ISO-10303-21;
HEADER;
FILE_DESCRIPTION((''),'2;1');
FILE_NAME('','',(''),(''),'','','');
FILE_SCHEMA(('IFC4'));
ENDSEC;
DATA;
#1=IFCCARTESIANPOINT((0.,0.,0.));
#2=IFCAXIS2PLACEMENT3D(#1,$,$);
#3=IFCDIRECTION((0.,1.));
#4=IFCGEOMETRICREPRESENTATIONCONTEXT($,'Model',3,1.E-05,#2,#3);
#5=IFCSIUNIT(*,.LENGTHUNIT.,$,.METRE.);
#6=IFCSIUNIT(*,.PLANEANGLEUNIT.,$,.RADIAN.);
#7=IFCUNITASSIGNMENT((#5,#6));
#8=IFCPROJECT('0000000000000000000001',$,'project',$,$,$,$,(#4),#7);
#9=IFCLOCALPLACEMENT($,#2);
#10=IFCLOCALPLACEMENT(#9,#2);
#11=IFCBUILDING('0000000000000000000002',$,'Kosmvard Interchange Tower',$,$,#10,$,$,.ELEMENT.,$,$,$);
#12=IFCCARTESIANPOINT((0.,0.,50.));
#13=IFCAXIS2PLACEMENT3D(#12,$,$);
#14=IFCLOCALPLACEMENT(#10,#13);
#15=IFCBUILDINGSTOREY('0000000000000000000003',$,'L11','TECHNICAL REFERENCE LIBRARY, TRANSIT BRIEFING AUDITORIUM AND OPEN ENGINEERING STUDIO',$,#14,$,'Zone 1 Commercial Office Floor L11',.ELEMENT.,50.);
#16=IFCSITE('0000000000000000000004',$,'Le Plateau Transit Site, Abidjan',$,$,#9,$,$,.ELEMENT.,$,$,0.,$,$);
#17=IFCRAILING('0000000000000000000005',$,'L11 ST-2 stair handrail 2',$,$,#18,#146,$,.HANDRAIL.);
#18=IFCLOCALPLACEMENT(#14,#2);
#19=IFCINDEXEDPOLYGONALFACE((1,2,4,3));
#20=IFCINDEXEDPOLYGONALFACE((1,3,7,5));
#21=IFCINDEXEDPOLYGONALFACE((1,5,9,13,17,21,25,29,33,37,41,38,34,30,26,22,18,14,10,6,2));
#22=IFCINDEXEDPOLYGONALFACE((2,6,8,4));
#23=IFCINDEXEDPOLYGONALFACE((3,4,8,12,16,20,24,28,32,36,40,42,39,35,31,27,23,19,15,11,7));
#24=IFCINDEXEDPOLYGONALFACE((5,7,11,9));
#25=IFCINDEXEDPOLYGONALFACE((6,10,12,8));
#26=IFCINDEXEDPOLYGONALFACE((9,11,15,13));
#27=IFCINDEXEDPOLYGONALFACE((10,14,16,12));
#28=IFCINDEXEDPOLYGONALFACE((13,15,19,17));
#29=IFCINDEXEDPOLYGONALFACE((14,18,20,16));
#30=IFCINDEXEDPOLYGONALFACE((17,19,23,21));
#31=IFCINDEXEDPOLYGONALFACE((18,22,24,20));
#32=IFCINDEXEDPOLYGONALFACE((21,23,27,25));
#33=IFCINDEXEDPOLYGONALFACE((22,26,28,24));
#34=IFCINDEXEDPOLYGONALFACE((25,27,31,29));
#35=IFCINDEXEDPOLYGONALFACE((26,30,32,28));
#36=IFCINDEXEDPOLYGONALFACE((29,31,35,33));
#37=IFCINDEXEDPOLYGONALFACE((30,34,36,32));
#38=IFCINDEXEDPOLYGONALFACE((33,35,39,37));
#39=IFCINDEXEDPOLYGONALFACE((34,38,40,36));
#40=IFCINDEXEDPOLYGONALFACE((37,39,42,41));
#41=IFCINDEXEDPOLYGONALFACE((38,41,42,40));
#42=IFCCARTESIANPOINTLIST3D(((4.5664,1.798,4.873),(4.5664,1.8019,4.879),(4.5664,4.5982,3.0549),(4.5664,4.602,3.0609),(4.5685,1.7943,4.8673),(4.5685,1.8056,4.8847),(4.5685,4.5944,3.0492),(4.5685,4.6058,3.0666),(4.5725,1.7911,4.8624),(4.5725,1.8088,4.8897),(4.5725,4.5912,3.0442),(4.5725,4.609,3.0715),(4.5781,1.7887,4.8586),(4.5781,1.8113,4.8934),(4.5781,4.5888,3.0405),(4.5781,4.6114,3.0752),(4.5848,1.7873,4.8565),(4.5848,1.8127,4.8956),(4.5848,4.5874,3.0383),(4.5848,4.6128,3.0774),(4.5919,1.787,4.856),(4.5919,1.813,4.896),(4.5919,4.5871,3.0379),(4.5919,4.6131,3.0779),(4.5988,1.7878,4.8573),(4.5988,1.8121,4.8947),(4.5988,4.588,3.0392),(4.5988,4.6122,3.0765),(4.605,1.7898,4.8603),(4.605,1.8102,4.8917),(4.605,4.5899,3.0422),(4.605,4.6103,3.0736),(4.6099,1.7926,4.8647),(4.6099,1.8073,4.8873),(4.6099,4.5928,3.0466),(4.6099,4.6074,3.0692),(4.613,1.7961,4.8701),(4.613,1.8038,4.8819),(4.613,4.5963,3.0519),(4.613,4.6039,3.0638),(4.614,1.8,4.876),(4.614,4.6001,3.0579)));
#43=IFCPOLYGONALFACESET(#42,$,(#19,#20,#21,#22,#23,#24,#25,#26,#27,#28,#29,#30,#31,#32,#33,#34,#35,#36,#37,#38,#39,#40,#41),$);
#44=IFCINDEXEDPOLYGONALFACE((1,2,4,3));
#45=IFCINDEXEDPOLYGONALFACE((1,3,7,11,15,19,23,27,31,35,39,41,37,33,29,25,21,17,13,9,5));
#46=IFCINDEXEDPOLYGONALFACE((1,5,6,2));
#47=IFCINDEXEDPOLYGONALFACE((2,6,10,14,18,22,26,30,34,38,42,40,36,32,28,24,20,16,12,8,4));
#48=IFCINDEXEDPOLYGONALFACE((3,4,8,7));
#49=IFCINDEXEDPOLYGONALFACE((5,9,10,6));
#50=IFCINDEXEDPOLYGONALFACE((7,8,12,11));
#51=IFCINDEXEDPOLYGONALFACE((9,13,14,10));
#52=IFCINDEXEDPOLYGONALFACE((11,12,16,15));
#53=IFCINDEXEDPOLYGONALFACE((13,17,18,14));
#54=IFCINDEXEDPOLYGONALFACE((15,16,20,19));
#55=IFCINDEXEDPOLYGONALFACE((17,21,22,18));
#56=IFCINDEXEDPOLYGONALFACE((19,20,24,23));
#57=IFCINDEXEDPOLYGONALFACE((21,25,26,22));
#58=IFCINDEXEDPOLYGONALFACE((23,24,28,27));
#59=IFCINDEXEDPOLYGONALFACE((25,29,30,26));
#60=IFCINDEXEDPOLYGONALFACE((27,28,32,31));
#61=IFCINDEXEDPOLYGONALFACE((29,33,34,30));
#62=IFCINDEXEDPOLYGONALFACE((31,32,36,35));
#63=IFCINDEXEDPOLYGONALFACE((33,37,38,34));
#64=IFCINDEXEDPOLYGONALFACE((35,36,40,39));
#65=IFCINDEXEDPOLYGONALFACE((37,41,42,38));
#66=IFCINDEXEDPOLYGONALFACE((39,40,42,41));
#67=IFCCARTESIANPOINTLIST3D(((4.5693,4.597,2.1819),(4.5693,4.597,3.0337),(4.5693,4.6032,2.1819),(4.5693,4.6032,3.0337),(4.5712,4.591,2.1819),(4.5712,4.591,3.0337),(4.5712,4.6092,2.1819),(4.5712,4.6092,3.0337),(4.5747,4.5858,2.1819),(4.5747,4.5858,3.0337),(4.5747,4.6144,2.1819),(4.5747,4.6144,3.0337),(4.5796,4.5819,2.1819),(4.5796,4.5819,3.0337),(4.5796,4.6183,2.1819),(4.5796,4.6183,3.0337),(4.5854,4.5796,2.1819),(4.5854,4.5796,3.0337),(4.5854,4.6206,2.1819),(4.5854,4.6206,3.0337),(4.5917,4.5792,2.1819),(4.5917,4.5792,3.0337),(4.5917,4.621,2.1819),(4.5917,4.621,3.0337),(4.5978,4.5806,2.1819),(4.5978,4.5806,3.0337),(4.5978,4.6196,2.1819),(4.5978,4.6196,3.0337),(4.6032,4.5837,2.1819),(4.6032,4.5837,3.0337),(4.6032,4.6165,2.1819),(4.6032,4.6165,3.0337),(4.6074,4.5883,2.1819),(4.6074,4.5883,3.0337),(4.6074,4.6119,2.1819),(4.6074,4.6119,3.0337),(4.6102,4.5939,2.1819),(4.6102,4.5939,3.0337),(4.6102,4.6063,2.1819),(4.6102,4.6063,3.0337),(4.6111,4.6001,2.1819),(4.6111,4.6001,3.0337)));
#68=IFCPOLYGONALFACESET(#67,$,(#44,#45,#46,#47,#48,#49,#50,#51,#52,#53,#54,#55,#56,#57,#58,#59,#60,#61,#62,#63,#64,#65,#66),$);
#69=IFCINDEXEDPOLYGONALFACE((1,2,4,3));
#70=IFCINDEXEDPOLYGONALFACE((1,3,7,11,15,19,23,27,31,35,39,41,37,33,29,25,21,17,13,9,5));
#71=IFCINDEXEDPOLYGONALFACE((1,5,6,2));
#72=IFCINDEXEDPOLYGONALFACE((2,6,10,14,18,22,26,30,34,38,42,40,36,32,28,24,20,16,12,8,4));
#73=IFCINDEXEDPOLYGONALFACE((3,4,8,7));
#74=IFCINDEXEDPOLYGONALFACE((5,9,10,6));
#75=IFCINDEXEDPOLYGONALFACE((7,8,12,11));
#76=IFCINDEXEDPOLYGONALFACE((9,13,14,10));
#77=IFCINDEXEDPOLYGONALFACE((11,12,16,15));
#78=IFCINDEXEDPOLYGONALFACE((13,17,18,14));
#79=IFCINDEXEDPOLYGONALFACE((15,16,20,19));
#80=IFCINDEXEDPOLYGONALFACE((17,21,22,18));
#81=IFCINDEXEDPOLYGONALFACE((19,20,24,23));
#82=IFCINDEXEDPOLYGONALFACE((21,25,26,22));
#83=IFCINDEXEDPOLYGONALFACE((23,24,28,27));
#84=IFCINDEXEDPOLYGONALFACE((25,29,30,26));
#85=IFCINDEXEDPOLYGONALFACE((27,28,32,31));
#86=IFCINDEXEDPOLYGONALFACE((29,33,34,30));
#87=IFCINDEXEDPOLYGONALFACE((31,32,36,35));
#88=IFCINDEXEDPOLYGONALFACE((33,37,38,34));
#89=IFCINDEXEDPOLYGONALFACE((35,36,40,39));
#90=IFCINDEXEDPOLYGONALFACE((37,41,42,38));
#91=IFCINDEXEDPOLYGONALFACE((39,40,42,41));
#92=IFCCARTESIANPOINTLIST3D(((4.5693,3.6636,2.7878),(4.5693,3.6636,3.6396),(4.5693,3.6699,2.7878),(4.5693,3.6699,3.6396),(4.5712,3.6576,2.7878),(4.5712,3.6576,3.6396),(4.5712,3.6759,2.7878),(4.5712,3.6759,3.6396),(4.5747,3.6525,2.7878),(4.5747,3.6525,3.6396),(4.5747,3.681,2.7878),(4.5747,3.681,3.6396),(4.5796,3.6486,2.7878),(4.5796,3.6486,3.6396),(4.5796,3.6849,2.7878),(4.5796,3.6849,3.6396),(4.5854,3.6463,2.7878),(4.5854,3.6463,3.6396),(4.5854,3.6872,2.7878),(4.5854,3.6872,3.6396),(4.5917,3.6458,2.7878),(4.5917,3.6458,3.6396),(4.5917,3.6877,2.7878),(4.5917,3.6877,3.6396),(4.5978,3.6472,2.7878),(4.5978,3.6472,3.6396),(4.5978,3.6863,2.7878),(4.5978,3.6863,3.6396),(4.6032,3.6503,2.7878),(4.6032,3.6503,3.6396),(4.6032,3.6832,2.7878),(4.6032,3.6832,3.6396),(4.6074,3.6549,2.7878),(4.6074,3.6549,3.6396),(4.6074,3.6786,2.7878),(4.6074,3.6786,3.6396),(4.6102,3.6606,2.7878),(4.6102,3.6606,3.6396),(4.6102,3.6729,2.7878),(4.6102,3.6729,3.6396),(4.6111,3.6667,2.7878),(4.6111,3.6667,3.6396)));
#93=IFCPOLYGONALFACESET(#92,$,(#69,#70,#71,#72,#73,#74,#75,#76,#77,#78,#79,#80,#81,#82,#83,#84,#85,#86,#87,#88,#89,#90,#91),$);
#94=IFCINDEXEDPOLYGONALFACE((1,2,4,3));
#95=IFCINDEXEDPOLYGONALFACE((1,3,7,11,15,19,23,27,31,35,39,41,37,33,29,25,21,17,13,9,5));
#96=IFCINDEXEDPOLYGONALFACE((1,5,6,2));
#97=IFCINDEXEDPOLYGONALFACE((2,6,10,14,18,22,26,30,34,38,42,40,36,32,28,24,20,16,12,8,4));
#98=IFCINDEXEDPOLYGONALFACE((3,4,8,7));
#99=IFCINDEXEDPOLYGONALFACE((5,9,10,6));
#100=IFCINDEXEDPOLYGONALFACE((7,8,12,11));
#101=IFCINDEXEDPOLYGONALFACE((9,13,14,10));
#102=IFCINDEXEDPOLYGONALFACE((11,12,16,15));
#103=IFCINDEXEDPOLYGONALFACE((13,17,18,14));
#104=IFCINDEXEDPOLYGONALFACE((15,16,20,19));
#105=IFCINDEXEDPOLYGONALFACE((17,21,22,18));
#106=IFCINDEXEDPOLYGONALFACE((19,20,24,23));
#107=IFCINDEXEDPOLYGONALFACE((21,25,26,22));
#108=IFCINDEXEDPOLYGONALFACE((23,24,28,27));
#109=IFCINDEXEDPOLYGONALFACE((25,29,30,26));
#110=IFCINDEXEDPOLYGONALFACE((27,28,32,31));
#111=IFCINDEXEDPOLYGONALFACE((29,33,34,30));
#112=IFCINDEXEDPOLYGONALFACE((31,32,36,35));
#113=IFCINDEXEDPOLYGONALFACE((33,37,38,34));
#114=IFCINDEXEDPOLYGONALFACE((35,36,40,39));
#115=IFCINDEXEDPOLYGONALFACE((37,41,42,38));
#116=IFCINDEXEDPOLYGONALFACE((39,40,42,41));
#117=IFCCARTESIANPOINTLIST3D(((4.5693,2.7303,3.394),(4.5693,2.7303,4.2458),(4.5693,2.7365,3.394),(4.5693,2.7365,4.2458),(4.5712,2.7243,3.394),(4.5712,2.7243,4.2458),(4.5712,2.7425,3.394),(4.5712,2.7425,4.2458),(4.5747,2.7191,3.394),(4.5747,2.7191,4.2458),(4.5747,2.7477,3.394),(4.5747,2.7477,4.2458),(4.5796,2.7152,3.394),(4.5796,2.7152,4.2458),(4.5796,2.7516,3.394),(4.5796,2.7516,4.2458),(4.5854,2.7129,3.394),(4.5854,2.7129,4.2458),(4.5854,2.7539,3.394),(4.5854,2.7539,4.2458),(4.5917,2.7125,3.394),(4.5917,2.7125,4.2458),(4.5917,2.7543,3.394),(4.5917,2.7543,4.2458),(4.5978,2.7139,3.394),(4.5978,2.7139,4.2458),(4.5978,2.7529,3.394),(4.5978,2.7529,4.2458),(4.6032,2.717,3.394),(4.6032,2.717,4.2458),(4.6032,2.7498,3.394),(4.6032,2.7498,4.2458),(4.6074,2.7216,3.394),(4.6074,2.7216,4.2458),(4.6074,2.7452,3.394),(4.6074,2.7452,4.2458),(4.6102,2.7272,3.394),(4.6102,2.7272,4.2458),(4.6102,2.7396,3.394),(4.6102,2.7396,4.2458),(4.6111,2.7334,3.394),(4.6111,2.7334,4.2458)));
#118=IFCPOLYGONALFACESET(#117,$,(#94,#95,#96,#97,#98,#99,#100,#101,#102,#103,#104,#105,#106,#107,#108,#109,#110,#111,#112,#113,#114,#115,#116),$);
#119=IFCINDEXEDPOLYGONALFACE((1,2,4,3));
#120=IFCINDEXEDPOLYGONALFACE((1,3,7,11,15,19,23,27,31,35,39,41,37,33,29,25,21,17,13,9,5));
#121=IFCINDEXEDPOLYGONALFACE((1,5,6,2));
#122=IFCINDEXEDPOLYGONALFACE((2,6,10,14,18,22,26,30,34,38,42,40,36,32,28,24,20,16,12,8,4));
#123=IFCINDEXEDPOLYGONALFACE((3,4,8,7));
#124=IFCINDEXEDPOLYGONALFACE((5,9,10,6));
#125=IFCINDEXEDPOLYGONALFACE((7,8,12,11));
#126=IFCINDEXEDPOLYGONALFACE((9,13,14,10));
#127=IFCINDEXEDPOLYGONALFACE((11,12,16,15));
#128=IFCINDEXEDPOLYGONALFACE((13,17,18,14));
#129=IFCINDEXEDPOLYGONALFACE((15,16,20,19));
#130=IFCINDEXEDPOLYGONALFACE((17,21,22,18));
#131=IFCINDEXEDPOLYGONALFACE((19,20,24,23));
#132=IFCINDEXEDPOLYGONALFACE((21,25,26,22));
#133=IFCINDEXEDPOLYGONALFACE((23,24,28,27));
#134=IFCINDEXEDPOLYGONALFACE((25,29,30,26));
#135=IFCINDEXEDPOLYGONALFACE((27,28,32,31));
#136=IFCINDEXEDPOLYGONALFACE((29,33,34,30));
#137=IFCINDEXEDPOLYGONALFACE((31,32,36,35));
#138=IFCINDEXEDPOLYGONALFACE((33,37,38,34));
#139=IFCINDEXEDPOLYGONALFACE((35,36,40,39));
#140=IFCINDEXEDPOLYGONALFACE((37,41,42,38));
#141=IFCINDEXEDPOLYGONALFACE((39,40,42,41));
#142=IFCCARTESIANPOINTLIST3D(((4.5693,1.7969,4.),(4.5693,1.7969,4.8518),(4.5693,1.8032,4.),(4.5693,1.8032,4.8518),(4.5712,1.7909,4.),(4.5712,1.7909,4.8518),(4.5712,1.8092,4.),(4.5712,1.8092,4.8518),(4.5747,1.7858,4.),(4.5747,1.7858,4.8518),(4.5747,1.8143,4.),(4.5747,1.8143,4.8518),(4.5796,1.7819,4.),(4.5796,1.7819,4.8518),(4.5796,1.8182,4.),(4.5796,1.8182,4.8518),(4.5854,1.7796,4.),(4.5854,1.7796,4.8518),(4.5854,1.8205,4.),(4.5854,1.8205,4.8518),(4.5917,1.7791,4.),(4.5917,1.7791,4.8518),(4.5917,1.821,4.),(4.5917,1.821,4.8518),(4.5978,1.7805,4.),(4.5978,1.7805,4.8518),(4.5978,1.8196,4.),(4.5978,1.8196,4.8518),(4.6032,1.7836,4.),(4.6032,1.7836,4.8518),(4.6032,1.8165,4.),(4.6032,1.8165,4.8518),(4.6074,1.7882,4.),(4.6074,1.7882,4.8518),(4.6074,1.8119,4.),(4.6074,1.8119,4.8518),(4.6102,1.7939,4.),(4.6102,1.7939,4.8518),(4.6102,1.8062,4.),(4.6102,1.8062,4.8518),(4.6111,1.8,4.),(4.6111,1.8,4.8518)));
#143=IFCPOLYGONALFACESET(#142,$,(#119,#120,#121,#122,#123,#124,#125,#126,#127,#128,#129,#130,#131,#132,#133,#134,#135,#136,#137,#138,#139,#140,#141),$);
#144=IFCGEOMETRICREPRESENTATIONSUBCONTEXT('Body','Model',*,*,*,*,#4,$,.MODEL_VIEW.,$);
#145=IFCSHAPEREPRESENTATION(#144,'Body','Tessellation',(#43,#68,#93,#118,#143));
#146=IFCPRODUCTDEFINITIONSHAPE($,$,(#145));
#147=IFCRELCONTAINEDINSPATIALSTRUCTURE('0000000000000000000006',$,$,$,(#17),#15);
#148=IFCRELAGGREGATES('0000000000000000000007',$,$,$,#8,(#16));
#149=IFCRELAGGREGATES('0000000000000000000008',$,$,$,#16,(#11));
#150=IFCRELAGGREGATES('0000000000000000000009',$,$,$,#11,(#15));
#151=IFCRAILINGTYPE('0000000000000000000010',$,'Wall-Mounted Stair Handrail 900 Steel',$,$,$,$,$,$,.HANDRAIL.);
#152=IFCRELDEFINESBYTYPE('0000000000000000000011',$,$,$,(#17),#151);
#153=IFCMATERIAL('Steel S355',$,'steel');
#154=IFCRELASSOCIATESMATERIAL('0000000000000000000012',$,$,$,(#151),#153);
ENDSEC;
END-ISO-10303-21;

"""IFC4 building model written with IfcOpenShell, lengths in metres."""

from ifc_helpers import new_model, si_unit, direction, frame, origin, origin_2d, place, context, subcontext, project, spatial, circle, extrude, source, transform, mapped, material, type_object, element, save


model = new_model("IFC4")

# Units and contexts
model_context = context("Model", 3, precision=1e-05, world=origin(), true_north=direction((0.0, 1.0)))
body_context = subcontext(model_context, "Body", "Model", "MODEL_VIEW")
ifc_project = project(units=[si_unit("LENGTHUNIT", "METRE"), si_unit("PLANEANGLEUNIT", "RADIAN")], contexts=[model_context])

# Site, building, storey
site_placement = place(None, origin())
site = spatial("IfcSite", under=ifc_project, at=site_placement, Name="Le Plateau Transit Site, Abidjan", CompositionType="ELEMENT", RefElevation=0.0)
building_placement = place(site_placement, origin())
building = spatial("IfcBuilding", under=site, at=building_placement, Name="Kosmvard Interchange Tower", CompositionType="ELEMENT")
storey_placement = place(building_placement, frame((0.0, 0.0, 50.0)))
storey = spatial("IfcBuildingStorey", under=building, at=storey_placement, Name="L11", Description="TECHNICAL REFERENCE LIBRARY, TRANSIT BRIEFING AUDITORIUM AND OPEN ENGINEERING STUDIO", LongName="Zone 1 Commercial Office Floor L11", CompositionType="ELEMENT", Elevation=50.0)

# Shared definitions
ifc_material_1 = material(Name="Steel S355", Category="steel")

# Railing
railing_type_1 = type_object("IfcRailingType", Name="Wall-Mounted Stair Handrail 900 Steel", PredefinedType="HANDRAIL", material=ifc_material_1)
shared_shape_1 = source(origin(), body_context, "Body", "SweptSolid", [
    extrude(circle(Radius=0.0239, at=origin_2d()), frame((0.0, 0.0, 0.876), z_axis=(0.0, -0.838706, 0.544585), x_axis=(1.0, 0.0, 0.0)), (0.0, 0.0, 1.0), 3.3386),
    extrude(circle(Radius=0.021, at=origin_2d()), origin(), (0.0, 0.0, 1.0), 0.8518),
    extrude(circle(Radius=0.021, at=origin_2d()), frame((0.0, -0.9333, 0.606)), (0.0, 0.0, 1.0), 0.8518),
    extrude(circle(Radius=0.021, at=origin_2d()), frame((0.0, -1.8667, 1.2122)), (0.0, 0.0, 1.0), 0.8518),
    extrude(circle(Radius=0.021, at=origin_2d()), frame((0.0, -2.8, 1.8181)), (0.0, 0.0, 1.0), 0.8518),
])
railing_1_placement = place(storey_placement, frame((4.5901, 4.6001, 2.1819)))
element("IfcRailing", 1, at=railing_1_placement, inside=storey, type_object=railing_type_1, Name="L11 ST-2 stair handrail 2", PredefinedType="HANDRAIL", context=body_context, shape_type="MappedRepresentation", body=[
    mapped(shared_shape_1, transform((0.0, 0.0, 0.0), scale=1.0)),
])

save(model, "model.ifc")
